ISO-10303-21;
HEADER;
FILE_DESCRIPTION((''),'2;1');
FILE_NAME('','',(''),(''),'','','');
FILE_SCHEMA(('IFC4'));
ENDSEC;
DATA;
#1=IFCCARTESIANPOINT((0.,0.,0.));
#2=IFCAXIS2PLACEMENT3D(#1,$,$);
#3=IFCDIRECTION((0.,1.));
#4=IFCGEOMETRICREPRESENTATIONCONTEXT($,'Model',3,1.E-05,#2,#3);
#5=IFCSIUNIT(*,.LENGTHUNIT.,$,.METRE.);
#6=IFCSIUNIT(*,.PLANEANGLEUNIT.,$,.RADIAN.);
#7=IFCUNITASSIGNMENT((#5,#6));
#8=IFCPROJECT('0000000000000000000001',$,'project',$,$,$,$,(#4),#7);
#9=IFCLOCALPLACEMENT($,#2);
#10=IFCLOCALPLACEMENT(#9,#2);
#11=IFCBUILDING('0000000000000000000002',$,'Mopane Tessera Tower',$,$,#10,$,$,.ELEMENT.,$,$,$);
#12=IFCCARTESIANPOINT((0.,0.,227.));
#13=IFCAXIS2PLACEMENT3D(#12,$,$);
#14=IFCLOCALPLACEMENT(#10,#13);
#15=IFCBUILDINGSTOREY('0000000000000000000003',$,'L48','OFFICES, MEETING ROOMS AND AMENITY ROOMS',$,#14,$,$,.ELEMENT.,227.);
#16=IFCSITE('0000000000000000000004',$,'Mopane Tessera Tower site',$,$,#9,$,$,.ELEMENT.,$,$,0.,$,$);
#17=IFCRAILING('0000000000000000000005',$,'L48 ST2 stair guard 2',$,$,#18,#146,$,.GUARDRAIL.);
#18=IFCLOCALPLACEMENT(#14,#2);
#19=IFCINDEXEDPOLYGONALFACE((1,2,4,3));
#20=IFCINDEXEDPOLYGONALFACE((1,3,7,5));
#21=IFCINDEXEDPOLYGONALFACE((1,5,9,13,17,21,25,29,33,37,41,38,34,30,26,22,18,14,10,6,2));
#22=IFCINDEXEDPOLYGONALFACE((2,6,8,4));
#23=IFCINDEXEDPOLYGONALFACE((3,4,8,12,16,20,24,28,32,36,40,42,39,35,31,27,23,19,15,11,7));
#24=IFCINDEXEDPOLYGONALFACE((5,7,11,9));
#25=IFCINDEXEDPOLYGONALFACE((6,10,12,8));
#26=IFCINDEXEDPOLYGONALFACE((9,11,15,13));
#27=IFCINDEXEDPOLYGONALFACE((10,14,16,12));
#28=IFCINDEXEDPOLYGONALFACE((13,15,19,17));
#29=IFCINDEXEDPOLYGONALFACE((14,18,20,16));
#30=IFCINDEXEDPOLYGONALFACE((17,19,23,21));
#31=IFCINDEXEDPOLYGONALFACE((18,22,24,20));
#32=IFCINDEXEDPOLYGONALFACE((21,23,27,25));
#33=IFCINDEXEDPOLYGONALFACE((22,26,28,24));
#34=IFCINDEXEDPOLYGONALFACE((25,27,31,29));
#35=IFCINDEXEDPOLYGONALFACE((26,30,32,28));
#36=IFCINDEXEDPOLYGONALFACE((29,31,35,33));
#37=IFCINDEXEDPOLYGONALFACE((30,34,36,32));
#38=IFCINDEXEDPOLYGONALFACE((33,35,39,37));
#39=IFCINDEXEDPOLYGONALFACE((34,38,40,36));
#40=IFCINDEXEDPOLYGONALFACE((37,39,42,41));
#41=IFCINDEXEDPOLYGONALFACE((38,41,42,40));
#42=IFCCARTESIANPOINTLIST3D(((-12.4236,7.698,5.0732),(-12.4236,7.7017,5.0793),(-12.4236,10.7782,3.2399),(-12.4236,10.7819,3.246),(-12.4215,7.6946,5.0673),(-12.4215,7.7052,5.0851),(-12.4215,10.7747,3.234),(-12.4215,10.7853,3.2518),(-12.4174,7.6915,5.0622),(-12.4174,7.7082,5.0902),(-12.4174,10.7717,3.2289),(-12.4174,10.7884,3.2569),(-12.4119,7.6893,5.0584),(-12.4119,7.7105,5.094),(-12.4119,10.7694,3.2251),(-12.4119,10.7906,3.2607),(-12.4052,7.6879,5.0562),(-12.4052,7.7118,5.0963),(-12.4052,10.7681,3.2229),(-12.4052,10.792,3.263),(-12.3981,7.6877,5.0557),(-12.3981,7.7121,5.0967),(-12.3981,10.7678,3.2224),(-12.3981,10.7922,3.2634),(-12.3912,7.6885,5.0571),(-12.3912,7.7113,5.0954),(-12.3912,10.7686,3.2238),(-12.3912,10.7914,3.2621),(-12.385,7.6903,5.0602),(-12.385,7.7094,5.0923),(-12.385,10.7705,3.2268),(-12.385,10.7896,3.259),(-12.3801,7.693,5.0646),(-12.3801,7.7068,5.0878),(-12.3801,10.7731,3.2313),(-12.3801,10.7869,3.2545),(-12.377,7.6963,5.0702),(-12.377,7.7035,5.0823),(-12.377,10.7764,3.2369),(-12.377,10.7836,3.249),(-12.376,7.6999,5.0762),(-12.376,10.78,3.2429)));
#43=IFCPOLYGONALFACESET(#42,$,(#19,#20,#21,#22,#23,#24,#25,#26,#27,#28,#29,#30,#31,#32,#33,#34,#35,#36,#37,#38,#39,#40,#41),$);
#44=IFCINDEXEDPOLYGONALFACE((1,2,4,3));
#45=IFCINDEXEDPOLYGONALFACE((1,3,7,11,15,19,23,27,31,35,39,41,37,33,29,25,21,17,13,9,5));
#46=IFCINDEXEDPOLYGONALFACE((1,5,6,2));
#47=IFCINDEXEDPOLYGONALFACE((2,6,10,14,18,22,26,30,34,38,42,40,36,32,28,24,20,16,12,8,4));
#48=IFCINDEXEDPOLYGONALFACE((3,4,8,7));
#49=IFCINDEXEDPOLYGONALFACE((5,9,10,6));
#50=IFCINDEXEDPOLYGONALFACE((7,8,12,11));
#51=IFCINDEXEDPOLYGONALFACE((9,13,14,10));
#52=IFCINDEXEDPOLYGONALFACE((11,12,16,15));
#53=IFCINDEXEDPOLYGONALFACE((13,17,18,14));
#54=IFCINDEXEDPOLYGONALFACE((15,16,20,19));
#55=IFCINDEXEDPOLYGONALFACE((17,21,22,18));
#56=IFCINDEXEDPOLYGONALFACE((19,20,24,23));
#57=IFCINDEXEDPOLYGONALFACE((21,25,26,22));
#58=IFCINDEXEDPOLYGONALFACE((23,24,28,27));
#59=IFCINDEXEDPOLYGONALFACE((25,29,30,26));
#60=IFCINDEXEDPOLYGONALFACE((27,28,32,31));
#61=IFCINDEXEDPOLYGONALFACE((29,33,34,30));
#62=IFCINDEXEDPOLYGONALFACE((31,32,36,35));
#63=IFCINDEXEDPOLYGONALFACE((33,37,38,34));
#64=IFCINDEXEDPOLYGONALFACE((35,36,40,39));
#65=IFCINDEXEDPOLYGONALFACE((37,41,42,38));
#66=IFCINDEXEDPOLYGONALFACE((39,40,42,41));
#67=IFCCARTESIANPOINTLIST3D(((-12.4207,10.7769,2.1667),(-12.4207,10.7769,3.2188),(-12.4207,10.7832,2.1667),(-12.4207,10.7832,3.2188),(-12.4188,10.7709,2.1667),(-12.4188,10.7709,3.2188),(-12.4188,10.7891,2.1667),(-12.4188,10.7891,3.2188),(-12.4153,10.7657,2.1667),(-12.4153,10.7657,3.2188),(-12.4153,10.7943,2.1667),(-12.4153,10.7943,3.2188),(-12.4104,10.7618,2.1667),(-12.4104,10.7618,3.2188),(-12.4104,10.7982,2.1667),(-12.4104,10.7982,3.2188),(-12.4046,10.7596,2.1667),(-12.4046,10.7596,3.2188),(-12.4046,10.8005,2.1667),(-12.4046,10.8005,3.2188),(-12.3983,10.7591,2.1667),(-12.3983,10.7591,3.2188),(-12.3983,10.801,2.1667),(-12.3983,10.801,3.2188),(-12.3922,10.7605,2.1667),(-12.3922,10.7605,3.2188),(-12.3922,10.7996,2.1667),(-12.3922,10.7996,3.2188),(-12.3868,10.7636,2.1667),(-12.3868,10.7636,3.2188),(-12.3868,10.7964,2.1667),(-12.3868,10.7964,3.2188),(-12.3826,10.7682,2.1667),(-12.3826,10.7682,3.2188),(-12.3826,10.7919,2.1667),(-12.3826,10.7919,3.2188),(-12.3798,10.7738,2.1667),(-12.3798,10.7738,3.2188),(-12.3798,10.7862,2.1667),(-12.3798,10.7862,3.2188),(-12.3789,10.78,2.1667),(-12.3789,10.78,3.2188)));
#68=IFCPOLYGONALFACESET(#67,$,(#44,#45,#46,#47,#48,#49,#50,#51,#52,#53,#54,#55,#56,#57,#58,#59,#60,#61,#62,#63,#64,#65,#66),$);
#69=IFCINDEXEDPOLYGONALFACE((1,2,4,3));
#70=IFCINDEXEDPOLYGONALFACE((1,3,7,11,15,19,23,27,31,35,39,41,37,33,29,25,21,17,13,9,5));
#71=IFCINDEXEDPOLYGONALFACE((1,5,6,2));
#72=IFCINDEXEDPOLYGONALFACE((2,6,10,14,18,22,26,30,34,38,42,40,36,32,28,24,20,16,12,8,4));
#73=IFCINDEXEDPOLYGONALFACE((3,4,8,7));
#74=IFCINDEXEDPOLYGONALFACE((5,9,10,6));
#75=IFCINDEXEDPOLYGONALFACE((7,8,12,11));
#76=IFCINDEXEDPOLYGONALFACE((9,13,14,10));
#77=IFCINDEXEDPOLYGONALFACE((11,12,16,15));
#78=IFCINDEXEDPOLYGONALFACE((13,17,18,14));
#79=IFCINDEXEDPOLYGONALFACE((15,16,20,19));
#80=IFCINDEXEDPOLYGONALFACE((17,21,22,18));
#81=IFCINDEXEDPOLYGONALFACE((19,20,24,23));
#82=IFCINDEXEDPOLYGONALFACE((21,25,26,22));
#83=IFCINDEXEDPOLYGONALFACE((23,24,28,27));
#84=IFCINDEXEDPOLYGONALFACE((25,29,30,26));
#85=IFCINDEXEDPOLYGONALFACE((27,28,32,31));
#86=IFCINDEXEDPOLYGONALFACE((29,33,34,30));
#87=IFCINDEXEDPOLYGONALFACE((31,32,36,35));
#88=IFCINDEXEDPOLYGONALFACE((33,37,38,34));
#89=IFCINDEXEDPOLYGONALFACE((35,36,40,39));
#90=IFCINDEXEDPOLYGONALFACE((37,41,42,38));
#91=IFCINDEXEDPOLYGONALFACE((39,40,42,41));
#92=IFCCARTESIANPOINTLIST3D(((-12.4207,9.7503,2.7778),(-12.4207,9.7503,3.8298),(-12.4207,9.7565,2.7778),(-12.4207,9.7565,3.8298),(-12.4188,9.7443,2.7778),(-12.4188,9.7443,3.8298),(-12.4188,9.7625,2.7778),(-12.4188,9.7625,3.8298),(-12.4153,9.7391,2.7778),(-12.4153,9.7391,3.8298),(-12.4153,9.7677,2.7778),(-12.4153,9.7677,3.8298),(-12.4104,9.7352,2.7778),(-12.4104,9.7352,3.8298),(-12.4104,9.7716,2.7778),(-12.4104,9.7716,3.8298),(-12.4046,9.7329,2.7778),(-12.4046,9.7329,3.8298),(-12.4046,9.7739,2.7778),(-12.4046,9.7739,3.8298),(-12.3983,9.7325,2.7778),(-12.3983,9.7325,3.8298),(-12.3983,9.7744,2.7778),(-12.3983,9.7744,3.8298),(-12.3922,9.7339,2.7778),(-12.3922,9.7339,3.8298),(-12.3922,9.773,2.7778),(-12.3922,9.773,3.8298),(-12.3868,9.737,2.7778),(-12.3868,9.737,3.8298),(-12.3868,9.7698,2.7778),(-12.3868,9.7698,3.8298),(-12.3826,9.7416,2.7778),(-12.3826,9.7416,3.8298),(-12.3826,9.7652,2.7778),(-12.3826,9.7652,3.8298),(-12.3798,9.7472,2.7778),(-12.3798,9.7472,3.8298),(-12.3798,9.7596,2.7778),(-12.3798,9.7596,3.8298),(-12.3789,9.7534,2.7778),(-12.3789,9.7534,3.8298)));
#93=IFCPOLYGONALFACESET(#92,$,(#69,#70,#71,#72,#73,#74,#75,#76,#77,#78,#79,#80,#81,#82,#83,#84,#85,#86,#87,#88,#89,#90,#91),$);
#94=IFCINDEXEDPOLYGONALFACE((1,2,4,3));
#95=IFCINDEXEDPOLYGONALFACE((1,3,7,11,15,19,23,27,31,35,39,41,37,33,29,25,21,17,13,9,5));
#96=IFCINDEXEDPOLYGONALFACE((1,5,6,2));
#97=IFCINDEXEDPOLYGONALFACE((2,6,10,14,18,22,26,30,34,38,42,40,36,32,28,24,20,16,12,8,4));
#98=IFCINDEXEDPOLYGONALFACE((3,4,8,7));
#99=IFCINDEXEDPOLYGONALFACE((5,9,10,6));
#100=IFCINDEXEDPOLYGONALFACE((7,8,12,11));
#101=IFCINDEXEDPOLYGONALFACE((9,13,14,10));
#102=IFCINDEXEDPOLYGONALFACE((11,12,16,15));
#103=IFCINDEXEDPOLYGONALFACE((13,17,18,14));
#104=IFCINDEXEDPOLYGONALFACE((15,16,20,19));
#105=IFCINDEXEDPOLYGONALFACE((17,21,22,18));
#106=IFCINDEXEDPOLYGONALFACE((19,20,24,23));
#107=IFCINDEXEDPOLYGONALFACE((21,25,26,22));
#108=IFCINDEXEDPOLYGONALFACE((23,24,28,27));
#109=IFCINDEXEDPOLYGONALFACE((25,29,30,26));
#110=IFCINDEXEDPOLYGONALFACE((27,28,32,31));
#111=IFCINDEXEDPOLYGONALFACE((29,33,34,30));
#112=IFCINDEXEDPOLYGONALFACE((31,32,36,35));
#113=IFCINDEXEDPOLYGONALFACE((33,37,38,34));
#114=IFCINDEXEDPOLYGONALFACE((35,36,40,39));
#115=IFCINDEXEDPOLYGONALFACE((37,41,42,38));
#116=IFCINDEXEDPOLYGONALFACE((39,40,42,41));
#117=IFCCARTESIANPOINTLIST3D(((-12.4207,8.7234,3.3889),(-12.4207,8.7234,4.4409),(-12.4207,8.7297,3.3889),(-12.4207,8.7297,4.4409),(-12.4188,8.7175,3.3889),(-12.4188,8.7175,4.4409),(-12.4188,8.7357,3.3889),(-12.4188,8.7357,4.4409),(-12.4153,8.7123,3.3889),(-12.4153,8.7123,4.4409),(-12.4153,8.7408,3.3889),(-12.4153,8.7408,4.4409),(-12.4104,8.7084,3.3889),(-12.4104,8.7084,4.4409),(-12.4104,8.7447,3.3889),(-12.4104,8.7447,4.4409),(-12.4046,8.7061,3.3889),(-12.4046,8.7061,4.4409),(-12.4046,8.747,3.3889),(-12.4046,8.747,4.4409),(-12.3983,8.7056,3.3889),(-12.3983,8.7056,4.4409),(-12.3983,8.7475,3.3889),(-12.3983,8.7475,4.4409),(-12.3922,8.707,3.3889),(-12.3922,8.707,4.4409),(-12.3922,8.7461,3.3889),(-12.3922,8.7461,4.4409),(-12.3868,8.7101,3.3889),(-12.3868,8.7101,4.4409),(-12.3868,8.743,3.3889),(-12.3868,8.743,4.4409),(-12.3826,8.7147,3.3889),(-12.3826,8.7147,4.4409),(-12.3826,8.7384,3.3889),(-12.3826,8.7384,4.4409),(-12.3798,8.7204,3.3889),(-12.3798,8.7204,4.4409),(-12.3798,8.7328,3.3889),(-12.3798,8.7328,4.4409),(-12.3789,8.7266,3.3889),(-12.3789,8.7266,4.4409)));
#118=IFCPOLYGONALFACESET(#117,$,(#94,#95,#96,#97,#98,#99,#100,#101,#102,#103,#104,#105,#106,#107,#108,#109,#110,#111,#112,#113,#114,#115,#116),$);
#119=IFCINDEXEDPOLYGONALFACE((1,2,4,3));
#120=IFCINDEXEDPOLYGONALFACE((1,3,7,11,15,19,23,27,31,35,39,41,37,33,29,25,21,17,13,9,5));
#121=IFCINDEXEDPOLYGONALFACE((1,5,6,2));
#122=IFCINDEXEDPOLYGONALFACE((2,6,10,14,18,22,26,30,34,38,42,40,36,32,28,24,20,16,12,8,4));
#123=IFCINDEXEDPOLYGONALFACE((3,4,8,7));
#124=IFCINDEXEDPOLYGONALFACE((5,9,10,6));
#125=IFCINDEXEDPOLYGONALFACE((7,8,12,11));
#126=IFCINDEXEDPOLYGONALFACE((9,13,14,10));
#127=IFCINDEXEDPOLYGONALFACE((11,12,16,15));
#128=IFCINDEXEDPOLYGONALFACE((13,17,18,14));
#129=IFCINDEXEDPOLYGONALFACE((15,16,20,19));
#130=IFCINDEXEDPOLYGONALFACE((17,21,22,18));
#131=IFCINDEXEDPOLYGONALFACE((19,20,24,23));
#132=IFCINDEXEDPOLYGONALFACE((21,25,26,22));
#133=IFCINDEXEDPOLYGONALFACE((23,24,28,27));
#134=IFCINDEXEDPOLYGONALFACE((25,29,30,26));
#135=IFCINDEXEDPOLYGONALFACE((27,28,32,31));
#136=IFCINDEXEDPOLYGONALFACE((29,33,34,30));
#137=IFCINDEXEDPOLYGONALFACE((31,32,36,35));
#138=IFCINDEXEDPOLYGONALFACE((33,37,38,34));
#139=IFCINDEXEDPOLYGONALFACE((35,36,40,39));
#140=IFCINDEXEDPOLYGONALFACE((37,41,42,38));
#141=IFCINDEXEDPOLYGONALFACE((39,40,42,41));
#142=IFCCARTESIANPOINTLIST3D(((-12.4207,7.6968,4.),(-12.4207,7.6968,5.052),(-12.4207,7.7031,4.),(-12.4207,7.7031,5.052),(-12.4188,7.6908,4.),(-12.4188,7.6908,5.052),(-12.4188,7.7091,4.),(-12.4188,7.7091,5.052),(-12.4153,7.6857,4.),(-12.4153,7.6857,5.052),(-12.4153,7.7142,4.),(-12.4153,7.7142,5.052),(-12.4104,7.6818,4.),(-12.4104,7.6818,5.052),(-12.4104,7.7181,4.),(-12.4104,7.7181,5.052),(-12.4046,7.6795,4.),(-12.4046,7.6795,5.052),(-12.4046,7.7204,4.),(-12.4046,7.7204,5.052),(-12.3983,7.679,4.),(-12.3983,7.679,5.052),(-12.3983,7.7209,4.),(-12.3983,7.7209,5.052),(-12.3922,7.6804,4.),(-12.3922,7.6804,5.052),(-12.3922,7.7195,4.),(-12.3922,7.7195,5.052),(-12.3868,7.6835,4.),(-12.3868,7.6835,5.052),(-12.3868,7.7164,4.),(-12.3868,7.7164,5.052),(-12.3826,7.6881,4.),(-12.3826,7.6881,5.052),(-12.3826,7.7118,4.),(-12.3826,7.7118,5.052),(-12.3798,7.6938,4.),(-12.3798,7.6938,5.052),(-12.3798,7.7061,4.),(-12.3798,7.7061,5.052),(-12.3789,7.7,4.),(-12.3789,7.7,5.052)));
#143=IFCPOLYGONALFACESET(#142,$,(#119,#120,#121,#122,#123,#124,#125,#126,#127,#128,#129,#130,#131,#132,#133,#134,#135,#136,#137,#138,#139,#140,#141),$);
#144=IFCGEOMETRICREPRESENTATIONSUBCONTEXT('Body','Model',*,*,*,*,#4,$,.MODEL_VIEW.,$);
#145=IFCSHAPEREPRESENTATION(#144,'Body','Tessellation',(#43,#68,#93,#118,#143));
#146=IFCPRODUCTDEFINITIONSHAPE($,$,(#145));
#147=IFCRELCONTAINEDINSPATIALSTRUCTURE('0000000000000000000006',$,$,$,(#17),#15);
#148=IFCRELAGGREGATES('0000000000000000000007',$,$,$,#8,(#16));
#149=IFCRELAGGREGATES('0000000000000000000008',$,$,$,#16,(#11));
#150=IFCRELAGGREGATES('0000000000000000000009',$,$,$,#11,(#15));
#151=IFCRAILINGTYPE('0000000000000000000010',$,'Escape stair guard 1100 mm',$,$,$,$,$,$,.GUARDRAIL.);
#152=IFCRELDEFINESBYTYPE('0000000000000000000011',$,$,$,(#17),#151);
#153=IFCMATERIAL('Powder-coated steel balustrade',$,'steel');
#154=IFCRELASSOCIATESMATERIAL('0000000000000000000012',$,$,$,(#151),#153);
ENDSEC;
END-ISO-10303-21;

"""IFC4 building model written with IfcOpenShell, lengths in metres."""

from ifc_helpers import new_model, si_unit, direction, frame, origin, origin_2d, place, context, subcontext, project, spatial, circle, extrude, material, type_object, element, save


model = new_model("IFC4")

# Units and contexts
model_context = context("Model", 3, precision=1e-05, world=origin(), true_north=direction((0.0, 1.0)))
body_context = subcontext(model_context, "Body", "Model", "MODEL_VIEW")
ifc_project = project(units=[si_unit("LENGTHUNIT", "METRE"), si_unit("PLANEANGLEUNIT", "RADIAN")], contexts=[model_context])

# Site, building, storey
site_placement = place(None, origin())
site = spatial("IfcSite", under=ifc_project, at=site_placement, Name="Mopane Tessera Tower site", CompositionType="ELEMENT", RefElevation=0.0)
building_placement = place(site_placement, origin())
building = spatial("IfcBuilding", under=site, at=building_placement, Name="Mopane Tessera Tower", CompositionType="ELEMENT")
storey_placement = place(building_placement, frame((0.0, 0.0, 227.0)))
storey = spatial("IfcBuildingStorey", under=building, at=storey_placement, Name="L48", Description="OFFICES, MEETING ROOMS AND AMENITY ROOMS", CompositionType="ELEMENT", Elevation=227.0)

# Railing
ifc_material_1 = material(Name="Powder-coated steel balustrade", Category="steel")
railing_type_1 = type_object("IfcRailingType", Name="Escape stair guard 1100 mm", PredefinedType="GUARDRAIL", material=ifc_material_1)
railing_1_placement = place(storey_placement, frame((-12.3999, 10.78, 2.1667)))
element("IfcRailing", 1, at=railing_1_placement, inside=storey, type_object=railing_type_1, Name="L48 ST2 stair guard 2", PredefinedType="GUARDRAIL", context=body_context, shape_type="SweptSolid", body=[
    extrude(circle(Radius=0.0239, at=origin_2d()), frame((0.0, 0.0, 1.0762), z_axis=(0.0, -0.859309, 0.511458), x_axis=(1.0, 0.0, 0.0)), (0.0, 0.0, 1.0), 3.5845),
    extrude(circle(Radius=0.021, at=origin_2d()), origin(), (0.0, 0.0, 1.0), 1.052),
    extrude(circle(Radius=0.021, at=origin_2d()), frame((0.0, -1.0266, 0.6111)), (0.0, 0.0, 1.0), 1.052),
    extrude(circle(Radius=0.021, at=origin_2d()), frame((0.0, -2.0535, 1.2222)), (0.0, 0.0, 1.0), 1.052),
    extrude(circle(Radius=0.021, at=origin_2d()), frame((0.0, -3.0801, 1.8333)), (0.0, 0.0, 1.0), 1.052),
])

save(model, "model.ifc")
